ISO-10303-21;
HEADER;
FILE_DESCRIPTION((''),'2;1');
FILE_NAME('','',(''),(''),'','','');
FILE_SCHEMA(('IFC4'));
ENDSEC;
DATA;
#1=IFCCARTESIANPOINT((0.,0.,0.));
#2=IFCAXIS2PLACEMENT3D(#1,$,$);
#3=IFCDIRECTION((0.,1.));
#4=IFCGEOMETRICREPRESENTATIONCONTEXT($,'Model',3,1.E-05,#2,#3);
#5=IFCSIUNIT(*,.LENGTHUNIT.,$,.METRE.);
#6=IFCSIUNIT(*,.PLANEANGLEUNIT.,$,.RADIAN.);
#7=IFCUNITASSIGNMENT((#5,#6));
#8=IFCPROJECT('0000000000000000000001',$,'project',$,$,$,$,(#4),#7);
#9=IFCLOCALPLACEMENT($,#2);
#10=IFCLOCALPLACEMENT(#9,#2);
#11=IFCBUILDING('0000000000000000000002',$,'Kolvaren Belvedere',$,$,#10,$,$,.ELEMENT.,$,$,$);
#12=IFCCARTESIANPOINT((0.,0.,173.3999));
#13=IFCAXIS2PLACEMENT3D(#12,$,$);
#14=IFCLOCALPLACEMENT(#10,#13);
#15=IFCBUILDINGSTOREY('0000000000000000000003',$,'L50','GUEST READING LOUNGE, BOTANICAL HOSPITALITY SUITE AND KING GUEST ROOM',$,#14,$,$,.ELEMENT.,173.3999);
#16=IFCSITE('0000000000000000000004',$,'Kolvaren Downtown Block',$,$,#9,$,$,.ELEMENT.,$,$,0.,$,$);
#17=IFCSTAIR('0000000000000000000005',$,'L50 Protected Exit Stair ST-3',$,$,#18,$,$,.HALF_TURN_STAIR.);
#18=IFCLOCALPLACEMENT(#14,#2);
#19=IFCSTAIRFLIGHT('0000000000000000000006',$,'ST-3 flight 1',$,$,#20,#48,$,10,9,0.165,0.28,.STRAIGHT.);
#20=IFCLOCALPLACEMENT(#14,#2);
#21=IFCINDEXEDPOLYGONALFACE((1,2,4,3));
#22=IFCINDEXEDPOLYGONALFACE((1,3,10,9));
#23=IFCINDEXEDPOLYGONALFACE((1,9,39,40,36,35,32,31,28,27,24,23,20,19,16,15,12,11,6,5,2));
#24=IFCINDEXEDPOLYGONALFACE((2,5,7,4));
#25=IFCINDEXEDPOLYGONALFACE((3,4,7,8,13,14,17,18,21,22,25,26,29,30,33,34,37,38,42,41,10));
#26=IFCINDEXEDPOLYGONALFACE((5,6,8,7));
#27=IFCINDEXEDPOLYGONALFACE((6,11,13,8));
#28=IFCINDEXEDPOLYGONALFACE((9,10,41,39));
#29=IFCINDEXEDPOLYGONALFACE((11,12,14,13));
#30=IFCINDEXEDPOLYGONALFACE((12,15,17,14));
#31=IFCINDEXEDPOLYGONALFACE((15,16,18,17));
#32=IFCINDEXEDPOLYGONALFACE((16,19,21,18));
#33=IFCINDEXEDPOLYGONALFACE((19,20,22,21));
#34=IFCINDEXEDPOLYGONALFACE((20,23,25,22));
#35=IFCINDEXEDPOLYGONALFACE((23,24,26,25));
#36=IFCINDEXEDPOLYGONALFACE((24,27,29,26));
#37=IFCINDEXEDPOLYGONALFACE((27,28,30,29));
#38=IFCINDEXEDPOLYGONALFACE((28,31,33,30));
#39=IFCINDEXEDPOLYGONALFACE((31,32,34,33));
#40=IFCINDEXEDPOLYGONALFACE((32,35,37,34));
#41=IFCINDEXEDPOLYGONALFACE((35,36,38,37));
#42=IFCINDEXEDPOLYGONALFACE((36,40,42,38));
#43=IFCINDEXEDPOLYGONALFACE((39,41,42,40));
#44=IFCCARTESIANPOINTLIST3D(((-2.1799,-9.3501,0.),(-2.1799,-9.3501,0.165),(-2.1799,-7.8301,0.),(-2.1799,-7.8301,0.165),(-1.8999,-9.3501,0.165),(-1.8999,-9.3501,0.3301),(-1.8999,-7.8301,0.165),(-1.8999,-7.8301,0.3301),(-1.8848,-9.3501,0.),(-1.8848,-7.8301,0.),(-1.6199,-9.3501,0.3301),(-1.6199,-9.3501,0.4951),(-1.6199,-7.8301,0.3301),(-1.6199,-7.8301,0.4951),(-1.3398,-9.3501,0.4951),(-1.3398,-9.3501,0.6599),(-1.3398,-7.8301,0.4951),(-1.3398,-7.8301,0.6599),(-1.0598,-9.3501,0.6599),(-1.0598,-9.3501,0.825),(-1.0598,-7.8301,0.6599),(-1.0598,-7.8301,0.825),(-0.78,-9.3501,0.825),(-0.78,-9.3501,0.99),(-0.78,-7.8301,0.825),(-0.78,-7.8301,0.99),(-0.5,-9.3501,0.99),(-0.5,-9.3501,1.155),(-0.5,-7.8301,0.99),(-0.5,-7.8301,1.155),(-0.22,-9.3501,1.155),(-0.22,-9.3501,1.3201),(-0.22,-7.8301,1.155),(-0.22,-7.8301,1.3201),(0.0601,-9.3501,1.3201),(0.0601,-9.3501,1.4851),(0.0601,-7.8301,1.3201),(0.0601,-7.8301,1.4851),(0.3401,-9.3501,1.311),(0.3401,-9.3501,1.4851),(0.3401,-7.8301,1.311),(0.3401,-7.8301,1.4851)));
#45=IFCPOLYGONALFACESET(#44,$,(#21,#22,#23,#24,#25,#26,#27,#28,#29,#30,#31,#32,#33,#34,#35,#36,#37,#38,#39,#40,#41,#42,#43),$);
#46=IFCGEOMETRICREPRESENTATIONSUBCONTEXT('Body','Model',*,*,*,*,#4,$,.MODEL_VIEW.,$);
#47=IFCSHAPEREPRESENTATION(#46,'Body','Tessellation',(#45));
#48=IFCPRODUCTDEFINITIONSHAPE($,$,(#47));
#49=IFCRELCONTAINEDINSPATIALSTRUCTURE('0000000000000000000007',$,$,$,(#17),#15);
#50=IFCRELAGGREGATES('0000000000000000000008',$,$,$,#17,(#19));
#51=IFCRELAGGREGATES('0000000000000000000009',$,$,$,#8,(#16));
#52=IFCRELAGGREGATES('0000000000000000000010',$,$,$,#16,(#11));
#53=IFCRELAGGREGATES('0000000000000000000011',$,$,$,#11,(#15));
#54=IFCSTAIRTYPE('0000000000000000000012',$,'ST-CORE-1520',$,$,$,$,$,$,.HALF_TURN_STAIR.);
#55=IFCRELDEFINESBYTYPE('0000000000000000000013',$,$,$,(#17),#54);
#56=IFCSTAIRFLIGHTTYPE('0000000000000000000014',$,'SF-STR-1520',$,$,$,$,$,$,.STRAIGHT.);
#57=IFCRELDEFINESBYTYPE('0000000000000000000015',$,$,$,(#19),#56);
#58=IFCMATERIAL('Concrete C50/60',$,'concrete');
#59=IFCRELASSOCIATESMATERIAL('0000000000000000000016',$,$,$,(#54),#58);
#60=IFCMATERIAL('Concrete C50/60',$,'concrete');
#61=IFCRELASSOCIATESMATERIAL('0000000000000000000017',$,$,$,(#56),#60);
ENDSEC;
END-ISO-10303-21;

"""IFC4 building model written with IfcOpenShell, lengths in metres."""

from ifc_helpers import new_model, si_unit, direction, frame, origin, place, context, subcontext, project, spatial, polyline, outline, extrude, material, type_object, element, aggregate, save


model = new_model("IFC4")

# Units and contexts
model_context = context("Model", 3, precision=1e-05, world=origin(), true_north=direction((0.0, 1.0)))
body_context = subcontext(model_context, "Body", "Model", "MODEL_VIEW")
ifc_project = project(units=[si_unit("LENGTHUNIT", "METRE"), si_unit("PLANEANGLEUNIT", "RADIAN")], contexts=[model_context])

# Site, building, storey
site_placement = place(None, origin())
site = spatial("IfcSite", under=ifc_project, at=site_placement, Name="Kolvaren Downtown Block", CompositionType="ELEMENT", RefElevation=0.0)
building_placement = place(site_placement, origin())
building = spatial("IfcBuilding", under=site, at=building_placement, Name="Kolvaren Belvedere", CompositionType="ELEMENT")
storey_placement = place(building_placement, frame((0.0, 0.0, 173.3999)))
storey = spatial("IfcBuildingStorey", under=building, at=storey_placement, Name="L50", Description="GUEST READING LOUNGE, BOTANICAL HOSPITALITY SUITE AND KING GUEST ROOM", CompositionType="ELEMENT", Elevation=173.3999)

# Stair, stair flight
ifc_material_1 = material(Name="Concrete C50/60", Category="concrete")
stair_type = type_object("IfcStairType", Name="ST-CORE-1520", PredefinedType="HALF_TURN_STAIR", material=ifc_material_1)
stair_placement = place(storey_placement, origin())
stair = element("IfcStair", 1, at=stair_placement, inside=storey, type_object=stair_type, Name="L50 Protected Exit Stair ST-3", PredefinedType="HALF_TURN_STAIR")
ifc_material_2 = material(Name="Concrete C50/60", Category="concrete")
stair_flight_type = type_object("IfcStairFlightType", Name="SF-STR-1520", PredefinedType="STRAIGHT", material=ifc_material_2)
stair_flight_placement = place(storey_placement, frame((-2.1799, -8.5901, 0.0), z_axis=(0.0, 0.0, 1.0), x_axis=(1.0, 0.0, 0.0)))
stair_flight = element("IfcStairFlight", 2, at=stair_flight_placement, type_object=stair_flight_type, Name="ST-3 flight 1", NumberOfRisers=10, NumberOfTreads=9, PredefinedType="STRAIGHT", RiserHeight=0.165, TreadLength=0.28, context=body_context, shape_type="SweptSolid", body=[
    extrude(outline(polyline([(0.0, 0.0), (0.0, 0.165), (0.28, 0.165), (0.28, 0.3301), (0.5601, 0.3301), (0.5601, 0.4951), (0.8401, 0.4951), (0.8401, 0.6599), (1.1201, 0.6599), (1.1201, 0.825), (1.3999, 0.825), (1.3999, 0.99), (1.6799, 0.99), (1.6799, 1.155), (1.96, 1.155), (1.96, 1.3201), (2.24, 1.3201), (2.24, 1.4851), (2.52, 1.4851), (2.52, 1.6499), (2.52, 1.311), (0.2952, 0.0), (0.0, 0.0)])), frame((0.0, 0.76, 0.0), z_axis=(0.0, -1.0, 0.0), x_axis=(1.0, 0.0, 0.0)), (0.0, 0.0, 1.0), 1.52),
])
aggregate(stair, [stair_flight])

save(model, "model.ifc")
